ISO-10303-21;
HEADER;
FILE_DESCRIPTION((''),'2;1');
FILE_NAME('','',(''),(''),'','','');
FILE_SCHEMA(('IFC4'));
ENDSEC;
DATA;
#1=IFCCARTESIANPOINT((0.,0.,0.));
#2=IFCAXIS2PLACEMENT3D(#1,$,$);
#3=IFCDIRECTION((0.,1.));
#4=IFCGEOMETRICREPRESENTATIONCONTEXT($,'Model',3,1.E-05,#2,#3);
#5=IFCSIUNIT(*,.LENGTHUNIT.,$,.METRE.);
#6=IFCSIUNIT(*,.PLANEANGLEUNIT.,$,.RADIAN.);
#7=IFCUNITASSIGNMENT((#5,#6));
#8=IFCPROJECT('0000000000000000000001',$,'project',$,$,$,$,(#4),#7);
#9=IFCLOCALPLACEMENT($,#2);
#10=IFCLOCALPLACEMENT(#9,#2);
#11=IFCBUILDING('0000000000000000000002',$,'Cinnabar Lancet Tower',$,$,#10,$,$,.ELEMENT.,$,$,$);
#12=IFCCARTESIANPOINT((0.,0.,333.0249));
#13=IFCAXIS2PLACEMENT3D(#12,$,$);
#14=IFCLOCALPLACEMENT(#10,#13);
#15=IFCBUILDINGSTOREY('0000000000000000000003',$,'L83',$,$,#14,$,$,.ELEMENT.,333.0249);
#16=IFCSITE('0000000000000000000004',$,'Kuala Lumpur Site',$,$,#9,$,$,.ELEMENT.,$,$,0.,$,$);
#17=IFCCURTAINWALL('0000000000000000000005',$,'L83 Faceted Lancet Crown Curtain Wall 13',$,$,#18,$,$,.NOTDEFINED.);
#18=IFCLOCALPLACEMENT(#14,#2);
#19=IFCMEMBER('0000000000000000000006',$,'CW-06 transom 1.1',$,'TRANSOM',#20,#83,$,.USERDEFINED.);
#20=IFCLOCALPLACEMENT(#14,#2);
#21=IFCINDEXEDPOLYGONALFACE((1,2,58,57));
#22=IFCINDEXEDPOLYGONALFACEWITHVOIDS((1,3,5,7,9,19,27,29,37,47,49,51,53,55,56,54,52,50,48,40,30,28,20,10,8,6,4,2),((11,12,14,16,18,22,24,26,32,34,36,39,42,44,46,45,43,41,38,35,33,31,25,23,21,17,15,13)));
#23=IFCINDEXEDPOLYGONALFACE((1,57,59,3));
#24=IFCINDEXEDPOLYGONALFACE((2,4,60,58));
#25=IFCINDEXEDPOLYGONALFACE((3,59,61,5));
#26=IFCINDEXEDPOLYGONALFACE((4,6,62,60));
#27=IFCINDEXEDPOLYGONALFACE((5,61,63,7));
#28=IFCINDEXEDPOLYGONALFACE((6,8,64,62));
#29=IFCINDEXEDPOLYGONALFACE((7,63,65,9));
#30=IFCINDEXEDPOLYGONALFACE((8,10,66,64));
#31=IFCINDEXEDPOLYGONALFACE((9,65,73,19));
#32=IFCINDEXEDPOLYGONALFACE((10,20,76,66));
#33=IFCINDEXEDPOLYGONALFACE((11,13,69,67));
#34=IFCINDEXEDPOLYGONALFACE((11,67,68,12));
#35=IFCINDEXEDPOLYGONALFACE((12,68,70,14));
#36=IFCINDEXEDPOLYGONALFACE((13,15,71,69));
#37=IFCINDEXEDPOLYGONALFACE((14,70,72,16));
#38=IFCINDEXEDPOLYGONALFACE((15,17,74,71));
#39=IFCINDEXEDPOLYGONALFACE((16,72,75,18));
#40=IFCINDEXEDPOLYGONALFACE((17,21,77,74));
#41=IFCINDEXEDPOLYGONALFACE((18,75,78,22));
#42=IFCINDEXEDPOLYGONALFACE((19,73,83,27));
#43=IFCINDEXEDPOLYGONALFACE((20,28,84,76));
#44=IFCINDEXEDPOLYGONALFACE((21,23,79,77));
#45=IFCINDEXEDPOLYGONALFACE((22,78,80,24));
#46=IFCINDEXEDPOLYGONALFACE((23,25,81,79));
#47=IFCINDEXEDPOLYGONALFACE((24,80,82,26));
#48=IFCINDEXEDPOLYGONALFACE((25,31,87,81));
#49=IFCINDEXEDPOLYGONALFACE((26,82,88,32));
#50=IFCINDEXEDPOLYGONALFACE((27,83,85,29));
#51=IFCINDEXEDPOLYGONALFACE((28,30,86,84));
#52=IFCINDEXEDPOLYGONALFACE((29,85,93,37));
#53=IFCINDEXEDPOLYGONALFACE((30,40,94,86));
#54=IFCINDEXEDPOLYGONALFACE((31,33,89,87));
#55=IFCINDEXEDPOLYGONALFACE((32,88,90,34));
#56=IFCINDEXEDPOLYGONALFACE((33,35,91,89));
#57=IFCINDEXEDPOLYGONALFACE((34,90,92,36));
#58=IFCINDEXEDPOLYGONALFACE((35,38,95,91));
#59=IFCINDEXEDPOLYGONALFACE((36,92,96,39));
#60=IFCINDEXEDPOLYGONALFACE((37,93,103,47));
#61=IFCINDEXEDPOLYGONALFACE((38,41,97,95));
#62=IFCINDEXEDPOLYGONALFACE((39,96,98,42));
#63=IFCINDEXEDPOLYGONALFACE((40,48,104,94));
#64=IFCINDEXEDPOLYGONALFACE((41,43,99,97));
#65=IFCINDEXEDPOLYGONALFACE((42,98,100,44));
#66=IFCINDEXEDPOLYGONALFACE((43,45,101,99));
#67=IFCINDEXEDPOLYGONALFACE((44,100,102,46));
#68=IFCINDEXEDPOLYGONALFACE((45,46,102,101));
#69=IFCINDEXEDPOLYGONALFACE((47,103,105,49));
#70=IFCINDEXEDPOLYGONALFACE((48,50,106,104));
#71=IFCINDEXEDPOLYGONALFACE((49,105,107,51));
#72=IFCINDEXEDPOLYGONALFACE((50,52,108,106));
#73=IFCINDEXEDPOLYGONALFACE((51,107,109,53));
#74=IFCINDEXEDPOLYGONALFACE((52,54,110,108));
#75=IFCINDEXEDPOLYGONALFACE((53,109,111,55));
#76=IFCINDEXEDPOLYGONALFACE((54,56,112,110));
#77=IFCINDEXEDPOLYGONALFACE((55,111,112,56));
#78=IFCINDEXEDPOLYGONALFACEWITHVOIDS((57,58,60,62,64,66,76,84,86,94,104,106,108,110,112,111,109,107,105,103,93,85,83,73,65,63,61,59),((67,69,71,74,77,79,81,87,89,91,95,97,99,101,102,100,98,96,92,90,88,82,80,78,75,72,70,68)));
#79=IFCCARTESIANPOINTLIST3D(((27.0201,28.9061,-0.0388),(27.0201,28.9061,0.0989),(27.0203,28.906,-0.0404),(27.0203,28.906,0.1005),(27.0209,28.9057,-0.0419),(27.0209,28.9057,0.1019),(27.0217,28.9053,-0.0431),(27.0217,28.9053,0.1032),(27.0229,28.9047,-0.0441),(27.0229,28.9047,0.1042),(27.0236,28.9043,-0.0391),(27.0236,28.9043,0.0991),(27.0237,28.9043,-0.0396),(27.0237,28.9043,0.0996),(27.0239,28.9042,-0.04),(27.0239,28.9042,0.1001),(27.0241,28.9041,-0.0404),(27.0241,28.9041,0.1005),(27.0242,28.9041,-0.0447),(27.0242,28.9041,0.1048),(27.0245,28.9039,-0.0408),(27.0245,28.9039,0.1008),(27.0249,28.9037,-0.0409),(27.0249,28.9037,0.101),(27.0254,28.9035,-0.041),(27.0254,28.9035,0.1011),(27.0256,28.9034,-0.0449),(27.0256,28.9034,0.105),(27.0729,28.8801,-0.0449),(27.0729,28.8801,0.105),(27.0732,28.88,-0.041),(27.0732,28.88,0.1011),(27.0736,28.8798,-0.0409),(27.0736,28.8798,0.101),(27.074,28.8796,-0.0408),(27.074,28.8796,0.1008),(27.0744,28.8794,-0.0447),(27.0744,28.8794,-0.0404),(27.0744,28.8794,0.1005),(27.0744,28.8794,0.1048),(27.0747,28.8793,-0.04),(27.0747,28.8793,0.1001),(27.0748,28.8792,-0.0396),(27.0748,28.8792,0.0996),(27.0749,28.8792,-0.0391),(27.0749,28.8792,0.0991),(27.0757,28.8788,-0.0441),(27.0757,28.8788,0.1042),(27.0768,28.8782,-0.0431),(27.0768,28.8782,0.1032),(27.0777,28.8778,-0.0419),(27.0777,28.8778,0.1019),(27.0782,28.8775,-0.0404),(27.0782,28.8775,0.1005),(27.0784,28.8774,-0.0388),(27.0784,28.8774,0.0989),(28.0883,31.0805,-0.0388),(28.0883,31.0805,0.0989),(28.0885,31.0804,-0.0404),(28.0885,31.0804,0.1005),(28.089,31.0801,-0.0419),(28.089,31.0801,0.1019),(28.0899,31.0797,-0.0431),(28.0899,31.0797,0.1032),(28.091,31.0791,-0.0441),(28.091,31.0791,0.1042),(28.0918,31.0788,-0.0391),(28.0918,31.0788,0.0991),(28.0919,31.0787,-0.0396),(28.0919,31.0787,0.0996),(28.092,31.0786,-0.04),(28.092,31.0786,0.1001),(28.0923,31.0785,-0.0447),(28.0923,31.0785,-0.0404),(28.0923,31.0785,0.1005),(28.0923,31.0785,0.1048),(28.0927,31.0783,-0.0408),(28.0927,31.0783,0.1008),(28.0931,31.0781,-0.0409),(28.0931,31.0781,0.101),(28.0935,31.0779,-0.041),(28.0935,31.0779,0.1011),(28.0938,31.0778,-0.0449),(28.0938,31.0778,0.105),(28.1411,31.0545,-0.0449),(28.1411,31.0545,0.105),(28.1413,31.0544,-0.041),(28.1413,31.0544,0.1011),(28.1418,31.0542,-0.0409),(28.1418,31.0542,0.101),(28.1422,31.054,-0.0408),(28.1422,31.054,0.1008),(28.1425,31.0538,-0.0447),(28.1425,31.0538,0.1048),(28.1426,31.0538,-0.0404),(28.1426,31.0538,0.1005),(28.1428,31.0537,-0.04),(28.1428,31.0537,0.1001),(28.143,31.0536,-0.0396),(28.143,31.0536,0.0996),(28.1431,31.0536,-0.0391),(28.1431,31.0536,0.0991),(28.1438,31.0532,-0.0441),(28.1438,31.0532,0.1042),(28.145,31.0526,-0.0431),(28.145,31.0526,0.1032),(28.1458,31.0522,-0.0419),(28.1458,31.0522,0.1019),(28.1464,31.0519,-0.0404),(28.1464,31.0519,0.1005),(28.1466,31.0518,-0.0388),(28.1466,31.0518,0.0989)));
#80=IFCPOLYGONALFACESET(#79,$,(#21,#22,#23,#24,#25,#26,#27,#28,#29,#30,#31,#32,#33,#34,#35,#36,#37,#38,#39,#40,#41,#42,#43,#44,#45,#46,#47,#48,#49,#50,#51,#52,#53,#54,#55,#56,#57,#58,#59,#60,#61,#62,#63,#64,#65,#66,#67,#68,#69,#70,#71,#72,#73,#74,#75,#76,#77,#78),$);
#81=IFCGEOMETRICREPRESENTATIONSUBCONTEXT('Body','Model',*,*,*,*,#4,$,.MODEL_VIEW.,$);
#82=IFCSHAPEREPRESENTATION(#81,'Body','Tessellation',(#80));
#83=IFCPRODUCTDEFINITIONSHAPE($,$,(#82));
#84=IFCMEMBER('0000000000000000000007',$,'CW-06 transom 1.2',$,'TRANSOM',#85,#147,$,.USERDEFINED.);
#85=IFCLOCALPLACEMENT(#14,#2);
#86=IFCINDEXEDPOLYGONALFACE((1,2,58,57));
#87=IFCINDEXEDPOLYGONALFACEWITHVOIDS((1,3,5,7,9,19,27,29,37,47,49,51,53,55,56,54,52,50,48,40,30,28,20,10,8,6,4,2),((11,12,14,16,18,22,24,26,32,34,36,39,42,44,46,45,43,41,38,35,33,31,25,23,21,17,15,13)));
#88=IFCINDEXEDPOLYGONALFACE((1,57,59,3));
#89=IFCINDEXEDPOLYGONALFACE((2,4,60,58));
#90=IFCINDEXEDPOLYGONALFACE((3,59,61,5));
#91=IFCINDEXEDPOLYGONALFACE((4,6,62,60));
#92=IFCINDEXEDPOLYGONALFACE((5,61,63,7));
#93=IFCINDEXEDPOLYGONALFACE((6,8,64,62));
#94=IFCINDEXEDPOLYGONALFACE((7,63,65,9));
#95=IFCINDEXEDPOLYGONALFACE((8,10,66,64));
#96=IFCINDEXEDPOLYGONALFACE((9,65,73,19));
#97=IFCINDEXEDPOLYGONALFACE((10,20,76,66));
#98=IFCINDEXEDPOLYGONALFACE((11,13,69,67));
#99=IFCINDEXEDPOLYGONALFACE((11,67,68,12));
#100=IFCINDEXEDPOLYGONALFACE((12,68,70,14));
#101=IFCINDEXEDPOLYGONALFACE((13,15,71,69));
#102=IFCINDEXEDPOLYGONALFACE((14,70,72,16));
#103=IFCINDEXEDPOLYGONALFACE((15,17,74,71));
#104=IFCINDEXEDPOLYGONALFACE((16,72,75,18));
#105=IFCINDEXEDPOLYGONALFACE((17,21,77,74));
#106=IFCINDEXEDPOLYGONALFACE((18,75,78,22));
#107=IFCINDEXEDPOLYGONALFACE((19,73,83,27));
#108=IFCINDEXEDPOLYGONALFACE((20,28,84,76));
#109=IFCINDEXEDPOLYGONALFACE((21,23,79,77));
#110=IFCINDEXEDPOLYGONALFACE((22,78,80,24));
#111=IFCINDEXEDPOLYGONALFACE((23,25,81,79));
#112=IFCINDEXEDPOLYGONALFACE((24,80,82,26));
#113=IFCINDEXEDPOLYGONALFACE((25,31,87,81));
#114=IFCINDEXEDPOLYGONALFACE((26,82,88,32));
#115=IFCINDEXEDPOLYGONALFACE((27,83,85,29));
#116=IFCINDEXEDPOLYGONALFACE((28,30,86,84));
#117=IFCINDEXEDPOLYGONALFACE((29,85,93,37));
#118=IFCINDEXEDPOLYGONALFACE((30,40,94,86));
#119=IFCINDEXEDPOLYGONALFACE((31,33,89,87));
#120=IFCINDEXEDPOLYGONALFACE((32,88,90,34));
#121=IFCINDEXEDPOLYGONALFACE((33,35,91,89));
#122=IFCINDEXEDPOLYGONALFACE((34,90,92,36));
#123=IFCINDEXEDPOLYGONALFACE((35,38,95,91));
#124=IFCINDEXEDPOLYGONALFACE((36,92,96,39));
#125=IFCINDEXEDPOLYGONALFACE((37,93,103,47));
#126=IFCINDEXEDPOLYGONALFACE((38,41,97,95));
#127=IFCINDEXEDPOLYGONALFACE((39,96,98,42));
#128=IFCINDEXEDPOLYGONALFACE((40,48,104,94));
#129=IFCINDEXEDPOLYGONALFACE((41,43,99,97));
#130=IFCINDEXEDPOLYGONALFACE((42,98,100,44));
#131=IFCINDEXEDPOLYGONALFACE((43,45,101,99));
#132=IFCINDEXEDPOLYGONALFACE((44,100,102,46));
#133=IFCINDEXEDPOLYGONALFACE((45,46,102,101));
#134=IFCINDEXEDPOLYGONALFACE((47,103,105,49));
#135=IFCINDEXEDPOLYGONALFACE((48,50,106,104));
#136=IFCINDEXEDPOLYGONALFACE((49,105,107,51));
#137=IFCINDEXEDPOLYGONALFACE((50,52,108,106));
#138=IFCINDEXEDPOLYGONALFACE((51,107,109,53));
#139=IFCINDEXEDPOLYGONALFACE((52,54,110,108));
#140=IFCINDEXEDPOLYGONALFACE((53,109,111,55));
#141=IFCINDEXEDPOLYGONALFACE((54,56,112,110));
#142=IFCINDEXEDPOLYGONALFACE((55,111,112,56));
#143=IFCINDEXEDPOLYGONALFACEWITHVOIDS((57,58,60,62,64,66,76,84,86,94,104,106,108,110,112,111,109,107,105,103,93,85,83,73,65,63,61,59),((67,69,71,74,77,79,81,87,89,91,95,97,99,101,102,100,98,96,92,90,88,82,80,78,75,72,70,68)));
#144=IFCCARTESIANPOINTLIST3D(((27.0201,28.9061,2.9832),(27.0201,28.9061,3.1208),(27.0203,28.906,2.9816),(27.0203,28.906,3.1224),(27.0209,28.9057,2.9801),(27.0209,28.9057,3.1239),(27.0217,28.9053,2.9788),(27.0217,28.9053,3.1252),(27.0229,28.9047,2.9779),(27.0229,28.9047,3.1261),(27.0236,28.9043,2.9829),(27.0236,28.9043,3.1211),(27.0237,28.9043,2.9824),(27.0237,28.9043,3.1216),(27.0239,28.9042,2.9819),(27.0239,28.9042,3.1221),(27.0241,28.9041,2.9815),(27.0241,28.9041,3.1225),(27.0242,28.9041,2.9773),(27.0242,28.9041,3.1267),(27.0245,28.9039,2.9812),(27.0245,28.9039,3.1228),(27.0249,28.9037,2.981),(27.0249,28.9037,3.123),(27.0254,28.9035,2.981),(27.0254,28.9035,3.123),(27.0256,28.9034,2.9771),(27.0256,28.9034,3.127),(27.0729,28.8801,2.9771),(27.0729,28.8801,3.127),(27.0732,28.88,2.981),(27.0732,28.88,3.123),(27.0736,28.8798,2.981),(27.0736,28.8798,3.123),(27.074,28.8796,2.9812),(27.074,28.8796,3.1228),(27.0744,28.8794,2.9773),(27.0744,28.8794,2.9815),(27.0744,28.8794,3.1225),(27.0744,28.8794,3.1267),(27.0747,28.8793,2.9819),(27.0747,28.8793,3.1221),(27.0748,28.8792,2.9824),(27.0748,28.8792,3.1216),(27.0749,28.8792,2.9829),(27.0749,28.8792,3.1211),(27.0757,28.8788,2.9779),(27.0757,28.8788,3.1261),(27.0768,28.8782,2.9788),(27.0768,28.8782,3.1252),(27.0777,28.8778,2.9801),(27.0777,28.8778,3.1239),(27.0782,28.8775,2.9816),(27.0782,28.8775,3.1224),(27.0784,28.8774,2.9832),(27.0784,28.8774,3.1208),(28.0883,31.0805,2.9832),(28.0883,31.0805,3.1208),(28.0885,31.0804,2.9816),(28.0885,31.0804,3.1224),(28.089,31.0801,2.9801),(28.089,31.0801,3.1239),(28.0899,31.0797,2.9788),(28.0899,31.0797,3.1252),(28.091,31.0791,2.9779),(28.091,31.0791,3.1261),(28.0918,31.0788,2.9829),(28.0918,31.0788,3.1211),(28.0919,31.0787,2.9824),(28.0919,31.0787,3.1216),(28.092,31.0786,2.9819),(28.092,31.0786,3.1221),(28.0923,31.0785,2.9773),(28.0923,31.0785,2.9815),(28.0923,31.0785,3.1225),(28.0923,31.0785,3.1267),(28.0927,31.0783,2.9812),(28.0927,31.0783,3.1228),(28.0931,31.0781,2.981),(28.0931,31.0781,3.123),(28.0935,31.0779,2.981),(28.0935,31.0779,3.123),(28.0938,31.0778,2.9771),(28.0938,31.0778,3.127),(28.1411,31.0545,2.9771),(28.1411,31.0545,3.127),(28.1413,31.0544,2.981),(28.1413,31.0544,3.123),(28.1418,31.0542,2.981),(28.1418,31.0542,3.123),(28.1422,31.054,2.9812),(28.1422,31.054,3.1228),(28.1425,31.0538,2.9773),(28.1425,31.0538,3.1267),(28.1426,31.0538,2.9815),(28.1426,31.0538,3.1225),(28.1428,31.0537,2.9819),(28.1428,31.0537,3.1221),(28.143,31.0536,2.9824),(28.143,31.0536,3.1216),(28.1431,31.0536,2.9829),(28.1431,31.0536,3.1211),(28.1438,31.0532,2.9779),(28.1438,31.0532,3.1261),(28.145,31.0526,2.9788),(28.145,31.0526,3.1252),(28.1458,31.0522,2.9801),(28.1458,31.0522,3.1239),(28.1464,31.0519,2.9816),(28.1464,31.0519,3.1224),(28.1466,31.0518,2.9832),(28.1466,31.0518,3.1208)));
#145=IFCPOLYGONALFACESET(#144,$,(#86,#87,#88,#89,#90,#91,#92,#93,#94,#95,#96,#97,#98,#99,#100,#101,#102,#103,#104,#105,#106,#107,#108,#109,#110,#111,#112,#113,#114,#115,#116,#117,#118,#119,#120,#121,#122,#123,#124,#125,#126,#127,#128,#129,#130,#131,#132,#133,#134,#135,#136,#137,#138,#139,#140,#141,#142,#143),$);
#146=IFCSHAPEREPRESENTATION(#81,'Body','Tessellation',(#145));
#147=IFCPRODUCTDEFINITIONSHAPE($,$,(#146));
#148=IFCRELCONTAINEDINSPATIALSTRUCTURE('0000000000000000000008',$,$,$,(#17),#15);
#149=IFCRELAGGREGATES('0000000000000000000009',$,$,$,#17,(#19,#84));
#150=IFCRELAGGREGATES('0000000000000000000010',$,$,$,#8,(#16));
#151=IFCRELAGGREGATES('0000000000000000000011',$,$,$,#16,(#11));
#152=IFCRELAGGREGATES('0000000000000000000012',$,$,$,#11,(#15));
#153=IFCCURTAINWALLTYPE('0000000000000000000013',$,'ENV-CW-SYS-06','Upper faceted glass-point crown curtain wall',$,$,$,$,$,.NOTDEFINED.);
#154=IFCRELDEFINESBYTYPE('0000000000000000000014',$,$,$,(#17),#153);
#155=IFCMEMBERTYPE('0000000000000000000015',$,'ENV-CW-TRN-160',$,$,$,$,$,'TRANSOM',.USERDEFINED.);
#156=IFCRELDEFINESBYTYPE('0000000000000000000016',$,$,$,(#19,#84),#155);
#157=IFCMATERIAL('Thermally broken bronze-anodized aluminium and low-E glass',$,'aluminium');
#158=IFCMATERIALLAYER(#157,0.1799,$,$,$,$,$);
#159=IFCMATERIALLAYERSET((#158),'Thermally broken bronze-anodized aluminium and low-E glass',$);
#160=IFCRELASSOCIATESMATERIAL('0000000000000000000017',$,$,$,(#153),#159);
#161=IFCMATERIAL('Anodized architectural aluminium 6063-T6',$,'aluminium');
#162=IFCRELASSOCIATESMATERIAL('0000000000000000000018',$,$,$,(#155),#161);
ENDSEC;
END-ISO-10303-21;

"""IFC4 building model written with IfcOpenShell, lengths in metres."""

from ifc_helpers import new_model, si_unit, direction, frame, origin, origin_2d, place, context, subcontext, project, spatial, hollow_rectangle, extrude, material, layer, layer_set, material_profile, profile_set, type_object, element, aggregate, save


model = new_model("IFC4")

# Units and contexts
model_context = context("Model", 3, precision=1e-05, world=origin(), true_north=direction((0.0, 1.0)))
body_context = subcontext(model_context, "Body", "Model", "MODEL_VIEW")
ifc_project = project(units=[si_unit("LENGTHUNIT", "METRE"), si_unit("PLANEANGLEUNIT", "RADIAN")], contexts=[model_context])

# Site, building, storey
site_placement = place(None, origin())
site = spatial("IfcSite", under=ifc_project, at=site_placement, Name="Kuala Lumpur Site", CompositionType="ELEMENT", RefElevation=0.0)
building_placement = place(site_placement, origin())
building = spatial("IfcBuilding", under=site, at=building_placement, Name="Cinnabar Lancet Tower", CompositionType="ELEMENT")
storey_placement = place(building_placement, frame((0.0, 0.0, 333.0249)))
storey = spatial("IfcBuildingStorey", under=building, at=storey_placement, Name="L83", CompositionType="ELEMENT", Elevation=333.0249)

# Curtain wall
ifc_material_1 = material(Name="Thermally broken bronze-anodized aluminium and low-E glass", Category="aluminium")
ifc_layer_1 = layer(ifc_material_1, 0.1799)
ifc_layer_set_1 = layer_set([ifc_layer_1], Name="Thermally broken bronze-anodized aluminium and low-E glass")
curtain_wall_type = type_object("IfcCurtainWallType", Name="ENV-CW-SYS-06", Description="Upper faceted glass-point crown curtain wall", PredefinedType="NOTDEFINED", material=ifc_layer_set_1)
curtain_wall_1_placement = place(storey_placement, origin())
curtain_wall_1 = element("IfcCurtainWall", 1, at=curtain_wall_1_placement, inside=storey, type_object=curtain_wall_type, Name="L83 Faceted Lancet Crown Curtain Wall 13", PredefinedType="NOTDEFINED")

# Members
ifc_material_2 = material(Name="Anodized architectural aluminium 6063-T6", Category="aluminium")
ifc_material_profile_1 = material_profile(ifc_material_2, hollow_rectangle(XDim=0.0649, YDim=0.1499, WallThickness=0.0039, InnerFilletRadius=0.002, OuterFilletRadius=0.0061, at=origin_2d()), Name="CW-TRN 150x65x4")
ifc_profile_set_1 = profile_set([ifc_material_profile_1], Name="Anodized architectural aluminium 6063-T6")
member_type_1 = type_object("IfcMemberType", Name="ENV-CW-TRN-160", ElementType="TRANSOM", PredefinedType="USERDEFINED", material=ifc_profile_set_1)
member_1_placement = place(storey_placement, frame((28.1174, 31.0662, 0.03), z_axis=(-0.440914, -0.897549, 0.0), x_axis=(0.897549, -0.440914, 0.0)))
member_1 = element("IfcMember", 2, at=member_1_placement, type_object=member_type_1, Name="CW-06 transom 1.1", ObjectType="TRANSOM", PredefinedType="USERDEFINED", context=body_context, shape_type="SweptSolid", body=[
    extrude(hollow_rectangle(XDim=0.0649, YDim=0.1499, WallThickness=0.0039, InnerFilletRadius=0.002, OuterFilletRadius=0.0061, at=origin_2d()), origin(), (0.0, 0.0, 1.0), 2.4226),
])
member_2_placement = place(storey_placement, frame((28.1174, 31.0662, 3.052), z_axis=(-0.440914, -0.897549, 0.0), x_axis=(0.897549, -0.440914, 0.0)))
member_2 = element("IfcMember", 3, at=member_2_placement, type_object=member_type_1, Name="CW-06 transom 1.2", ObjectType="TRANSOM", PredefinedType="USERDEFINED", context=body_context, shape_type="SweptSolid", body=[
    extrude(hollow_rectangle(XDim=0.0649, YDim=0.1499, WallThickness=0.0039, InnerFilletRadius=0.002, OuterFilletRadius=0.0061, at=origin_2d()), origin(), (0.0, 0.0, 1.0), 2.4226),
])

aggregate(curtain_wall_1, [member_1, member_2])

save(model, "model.ifc")
